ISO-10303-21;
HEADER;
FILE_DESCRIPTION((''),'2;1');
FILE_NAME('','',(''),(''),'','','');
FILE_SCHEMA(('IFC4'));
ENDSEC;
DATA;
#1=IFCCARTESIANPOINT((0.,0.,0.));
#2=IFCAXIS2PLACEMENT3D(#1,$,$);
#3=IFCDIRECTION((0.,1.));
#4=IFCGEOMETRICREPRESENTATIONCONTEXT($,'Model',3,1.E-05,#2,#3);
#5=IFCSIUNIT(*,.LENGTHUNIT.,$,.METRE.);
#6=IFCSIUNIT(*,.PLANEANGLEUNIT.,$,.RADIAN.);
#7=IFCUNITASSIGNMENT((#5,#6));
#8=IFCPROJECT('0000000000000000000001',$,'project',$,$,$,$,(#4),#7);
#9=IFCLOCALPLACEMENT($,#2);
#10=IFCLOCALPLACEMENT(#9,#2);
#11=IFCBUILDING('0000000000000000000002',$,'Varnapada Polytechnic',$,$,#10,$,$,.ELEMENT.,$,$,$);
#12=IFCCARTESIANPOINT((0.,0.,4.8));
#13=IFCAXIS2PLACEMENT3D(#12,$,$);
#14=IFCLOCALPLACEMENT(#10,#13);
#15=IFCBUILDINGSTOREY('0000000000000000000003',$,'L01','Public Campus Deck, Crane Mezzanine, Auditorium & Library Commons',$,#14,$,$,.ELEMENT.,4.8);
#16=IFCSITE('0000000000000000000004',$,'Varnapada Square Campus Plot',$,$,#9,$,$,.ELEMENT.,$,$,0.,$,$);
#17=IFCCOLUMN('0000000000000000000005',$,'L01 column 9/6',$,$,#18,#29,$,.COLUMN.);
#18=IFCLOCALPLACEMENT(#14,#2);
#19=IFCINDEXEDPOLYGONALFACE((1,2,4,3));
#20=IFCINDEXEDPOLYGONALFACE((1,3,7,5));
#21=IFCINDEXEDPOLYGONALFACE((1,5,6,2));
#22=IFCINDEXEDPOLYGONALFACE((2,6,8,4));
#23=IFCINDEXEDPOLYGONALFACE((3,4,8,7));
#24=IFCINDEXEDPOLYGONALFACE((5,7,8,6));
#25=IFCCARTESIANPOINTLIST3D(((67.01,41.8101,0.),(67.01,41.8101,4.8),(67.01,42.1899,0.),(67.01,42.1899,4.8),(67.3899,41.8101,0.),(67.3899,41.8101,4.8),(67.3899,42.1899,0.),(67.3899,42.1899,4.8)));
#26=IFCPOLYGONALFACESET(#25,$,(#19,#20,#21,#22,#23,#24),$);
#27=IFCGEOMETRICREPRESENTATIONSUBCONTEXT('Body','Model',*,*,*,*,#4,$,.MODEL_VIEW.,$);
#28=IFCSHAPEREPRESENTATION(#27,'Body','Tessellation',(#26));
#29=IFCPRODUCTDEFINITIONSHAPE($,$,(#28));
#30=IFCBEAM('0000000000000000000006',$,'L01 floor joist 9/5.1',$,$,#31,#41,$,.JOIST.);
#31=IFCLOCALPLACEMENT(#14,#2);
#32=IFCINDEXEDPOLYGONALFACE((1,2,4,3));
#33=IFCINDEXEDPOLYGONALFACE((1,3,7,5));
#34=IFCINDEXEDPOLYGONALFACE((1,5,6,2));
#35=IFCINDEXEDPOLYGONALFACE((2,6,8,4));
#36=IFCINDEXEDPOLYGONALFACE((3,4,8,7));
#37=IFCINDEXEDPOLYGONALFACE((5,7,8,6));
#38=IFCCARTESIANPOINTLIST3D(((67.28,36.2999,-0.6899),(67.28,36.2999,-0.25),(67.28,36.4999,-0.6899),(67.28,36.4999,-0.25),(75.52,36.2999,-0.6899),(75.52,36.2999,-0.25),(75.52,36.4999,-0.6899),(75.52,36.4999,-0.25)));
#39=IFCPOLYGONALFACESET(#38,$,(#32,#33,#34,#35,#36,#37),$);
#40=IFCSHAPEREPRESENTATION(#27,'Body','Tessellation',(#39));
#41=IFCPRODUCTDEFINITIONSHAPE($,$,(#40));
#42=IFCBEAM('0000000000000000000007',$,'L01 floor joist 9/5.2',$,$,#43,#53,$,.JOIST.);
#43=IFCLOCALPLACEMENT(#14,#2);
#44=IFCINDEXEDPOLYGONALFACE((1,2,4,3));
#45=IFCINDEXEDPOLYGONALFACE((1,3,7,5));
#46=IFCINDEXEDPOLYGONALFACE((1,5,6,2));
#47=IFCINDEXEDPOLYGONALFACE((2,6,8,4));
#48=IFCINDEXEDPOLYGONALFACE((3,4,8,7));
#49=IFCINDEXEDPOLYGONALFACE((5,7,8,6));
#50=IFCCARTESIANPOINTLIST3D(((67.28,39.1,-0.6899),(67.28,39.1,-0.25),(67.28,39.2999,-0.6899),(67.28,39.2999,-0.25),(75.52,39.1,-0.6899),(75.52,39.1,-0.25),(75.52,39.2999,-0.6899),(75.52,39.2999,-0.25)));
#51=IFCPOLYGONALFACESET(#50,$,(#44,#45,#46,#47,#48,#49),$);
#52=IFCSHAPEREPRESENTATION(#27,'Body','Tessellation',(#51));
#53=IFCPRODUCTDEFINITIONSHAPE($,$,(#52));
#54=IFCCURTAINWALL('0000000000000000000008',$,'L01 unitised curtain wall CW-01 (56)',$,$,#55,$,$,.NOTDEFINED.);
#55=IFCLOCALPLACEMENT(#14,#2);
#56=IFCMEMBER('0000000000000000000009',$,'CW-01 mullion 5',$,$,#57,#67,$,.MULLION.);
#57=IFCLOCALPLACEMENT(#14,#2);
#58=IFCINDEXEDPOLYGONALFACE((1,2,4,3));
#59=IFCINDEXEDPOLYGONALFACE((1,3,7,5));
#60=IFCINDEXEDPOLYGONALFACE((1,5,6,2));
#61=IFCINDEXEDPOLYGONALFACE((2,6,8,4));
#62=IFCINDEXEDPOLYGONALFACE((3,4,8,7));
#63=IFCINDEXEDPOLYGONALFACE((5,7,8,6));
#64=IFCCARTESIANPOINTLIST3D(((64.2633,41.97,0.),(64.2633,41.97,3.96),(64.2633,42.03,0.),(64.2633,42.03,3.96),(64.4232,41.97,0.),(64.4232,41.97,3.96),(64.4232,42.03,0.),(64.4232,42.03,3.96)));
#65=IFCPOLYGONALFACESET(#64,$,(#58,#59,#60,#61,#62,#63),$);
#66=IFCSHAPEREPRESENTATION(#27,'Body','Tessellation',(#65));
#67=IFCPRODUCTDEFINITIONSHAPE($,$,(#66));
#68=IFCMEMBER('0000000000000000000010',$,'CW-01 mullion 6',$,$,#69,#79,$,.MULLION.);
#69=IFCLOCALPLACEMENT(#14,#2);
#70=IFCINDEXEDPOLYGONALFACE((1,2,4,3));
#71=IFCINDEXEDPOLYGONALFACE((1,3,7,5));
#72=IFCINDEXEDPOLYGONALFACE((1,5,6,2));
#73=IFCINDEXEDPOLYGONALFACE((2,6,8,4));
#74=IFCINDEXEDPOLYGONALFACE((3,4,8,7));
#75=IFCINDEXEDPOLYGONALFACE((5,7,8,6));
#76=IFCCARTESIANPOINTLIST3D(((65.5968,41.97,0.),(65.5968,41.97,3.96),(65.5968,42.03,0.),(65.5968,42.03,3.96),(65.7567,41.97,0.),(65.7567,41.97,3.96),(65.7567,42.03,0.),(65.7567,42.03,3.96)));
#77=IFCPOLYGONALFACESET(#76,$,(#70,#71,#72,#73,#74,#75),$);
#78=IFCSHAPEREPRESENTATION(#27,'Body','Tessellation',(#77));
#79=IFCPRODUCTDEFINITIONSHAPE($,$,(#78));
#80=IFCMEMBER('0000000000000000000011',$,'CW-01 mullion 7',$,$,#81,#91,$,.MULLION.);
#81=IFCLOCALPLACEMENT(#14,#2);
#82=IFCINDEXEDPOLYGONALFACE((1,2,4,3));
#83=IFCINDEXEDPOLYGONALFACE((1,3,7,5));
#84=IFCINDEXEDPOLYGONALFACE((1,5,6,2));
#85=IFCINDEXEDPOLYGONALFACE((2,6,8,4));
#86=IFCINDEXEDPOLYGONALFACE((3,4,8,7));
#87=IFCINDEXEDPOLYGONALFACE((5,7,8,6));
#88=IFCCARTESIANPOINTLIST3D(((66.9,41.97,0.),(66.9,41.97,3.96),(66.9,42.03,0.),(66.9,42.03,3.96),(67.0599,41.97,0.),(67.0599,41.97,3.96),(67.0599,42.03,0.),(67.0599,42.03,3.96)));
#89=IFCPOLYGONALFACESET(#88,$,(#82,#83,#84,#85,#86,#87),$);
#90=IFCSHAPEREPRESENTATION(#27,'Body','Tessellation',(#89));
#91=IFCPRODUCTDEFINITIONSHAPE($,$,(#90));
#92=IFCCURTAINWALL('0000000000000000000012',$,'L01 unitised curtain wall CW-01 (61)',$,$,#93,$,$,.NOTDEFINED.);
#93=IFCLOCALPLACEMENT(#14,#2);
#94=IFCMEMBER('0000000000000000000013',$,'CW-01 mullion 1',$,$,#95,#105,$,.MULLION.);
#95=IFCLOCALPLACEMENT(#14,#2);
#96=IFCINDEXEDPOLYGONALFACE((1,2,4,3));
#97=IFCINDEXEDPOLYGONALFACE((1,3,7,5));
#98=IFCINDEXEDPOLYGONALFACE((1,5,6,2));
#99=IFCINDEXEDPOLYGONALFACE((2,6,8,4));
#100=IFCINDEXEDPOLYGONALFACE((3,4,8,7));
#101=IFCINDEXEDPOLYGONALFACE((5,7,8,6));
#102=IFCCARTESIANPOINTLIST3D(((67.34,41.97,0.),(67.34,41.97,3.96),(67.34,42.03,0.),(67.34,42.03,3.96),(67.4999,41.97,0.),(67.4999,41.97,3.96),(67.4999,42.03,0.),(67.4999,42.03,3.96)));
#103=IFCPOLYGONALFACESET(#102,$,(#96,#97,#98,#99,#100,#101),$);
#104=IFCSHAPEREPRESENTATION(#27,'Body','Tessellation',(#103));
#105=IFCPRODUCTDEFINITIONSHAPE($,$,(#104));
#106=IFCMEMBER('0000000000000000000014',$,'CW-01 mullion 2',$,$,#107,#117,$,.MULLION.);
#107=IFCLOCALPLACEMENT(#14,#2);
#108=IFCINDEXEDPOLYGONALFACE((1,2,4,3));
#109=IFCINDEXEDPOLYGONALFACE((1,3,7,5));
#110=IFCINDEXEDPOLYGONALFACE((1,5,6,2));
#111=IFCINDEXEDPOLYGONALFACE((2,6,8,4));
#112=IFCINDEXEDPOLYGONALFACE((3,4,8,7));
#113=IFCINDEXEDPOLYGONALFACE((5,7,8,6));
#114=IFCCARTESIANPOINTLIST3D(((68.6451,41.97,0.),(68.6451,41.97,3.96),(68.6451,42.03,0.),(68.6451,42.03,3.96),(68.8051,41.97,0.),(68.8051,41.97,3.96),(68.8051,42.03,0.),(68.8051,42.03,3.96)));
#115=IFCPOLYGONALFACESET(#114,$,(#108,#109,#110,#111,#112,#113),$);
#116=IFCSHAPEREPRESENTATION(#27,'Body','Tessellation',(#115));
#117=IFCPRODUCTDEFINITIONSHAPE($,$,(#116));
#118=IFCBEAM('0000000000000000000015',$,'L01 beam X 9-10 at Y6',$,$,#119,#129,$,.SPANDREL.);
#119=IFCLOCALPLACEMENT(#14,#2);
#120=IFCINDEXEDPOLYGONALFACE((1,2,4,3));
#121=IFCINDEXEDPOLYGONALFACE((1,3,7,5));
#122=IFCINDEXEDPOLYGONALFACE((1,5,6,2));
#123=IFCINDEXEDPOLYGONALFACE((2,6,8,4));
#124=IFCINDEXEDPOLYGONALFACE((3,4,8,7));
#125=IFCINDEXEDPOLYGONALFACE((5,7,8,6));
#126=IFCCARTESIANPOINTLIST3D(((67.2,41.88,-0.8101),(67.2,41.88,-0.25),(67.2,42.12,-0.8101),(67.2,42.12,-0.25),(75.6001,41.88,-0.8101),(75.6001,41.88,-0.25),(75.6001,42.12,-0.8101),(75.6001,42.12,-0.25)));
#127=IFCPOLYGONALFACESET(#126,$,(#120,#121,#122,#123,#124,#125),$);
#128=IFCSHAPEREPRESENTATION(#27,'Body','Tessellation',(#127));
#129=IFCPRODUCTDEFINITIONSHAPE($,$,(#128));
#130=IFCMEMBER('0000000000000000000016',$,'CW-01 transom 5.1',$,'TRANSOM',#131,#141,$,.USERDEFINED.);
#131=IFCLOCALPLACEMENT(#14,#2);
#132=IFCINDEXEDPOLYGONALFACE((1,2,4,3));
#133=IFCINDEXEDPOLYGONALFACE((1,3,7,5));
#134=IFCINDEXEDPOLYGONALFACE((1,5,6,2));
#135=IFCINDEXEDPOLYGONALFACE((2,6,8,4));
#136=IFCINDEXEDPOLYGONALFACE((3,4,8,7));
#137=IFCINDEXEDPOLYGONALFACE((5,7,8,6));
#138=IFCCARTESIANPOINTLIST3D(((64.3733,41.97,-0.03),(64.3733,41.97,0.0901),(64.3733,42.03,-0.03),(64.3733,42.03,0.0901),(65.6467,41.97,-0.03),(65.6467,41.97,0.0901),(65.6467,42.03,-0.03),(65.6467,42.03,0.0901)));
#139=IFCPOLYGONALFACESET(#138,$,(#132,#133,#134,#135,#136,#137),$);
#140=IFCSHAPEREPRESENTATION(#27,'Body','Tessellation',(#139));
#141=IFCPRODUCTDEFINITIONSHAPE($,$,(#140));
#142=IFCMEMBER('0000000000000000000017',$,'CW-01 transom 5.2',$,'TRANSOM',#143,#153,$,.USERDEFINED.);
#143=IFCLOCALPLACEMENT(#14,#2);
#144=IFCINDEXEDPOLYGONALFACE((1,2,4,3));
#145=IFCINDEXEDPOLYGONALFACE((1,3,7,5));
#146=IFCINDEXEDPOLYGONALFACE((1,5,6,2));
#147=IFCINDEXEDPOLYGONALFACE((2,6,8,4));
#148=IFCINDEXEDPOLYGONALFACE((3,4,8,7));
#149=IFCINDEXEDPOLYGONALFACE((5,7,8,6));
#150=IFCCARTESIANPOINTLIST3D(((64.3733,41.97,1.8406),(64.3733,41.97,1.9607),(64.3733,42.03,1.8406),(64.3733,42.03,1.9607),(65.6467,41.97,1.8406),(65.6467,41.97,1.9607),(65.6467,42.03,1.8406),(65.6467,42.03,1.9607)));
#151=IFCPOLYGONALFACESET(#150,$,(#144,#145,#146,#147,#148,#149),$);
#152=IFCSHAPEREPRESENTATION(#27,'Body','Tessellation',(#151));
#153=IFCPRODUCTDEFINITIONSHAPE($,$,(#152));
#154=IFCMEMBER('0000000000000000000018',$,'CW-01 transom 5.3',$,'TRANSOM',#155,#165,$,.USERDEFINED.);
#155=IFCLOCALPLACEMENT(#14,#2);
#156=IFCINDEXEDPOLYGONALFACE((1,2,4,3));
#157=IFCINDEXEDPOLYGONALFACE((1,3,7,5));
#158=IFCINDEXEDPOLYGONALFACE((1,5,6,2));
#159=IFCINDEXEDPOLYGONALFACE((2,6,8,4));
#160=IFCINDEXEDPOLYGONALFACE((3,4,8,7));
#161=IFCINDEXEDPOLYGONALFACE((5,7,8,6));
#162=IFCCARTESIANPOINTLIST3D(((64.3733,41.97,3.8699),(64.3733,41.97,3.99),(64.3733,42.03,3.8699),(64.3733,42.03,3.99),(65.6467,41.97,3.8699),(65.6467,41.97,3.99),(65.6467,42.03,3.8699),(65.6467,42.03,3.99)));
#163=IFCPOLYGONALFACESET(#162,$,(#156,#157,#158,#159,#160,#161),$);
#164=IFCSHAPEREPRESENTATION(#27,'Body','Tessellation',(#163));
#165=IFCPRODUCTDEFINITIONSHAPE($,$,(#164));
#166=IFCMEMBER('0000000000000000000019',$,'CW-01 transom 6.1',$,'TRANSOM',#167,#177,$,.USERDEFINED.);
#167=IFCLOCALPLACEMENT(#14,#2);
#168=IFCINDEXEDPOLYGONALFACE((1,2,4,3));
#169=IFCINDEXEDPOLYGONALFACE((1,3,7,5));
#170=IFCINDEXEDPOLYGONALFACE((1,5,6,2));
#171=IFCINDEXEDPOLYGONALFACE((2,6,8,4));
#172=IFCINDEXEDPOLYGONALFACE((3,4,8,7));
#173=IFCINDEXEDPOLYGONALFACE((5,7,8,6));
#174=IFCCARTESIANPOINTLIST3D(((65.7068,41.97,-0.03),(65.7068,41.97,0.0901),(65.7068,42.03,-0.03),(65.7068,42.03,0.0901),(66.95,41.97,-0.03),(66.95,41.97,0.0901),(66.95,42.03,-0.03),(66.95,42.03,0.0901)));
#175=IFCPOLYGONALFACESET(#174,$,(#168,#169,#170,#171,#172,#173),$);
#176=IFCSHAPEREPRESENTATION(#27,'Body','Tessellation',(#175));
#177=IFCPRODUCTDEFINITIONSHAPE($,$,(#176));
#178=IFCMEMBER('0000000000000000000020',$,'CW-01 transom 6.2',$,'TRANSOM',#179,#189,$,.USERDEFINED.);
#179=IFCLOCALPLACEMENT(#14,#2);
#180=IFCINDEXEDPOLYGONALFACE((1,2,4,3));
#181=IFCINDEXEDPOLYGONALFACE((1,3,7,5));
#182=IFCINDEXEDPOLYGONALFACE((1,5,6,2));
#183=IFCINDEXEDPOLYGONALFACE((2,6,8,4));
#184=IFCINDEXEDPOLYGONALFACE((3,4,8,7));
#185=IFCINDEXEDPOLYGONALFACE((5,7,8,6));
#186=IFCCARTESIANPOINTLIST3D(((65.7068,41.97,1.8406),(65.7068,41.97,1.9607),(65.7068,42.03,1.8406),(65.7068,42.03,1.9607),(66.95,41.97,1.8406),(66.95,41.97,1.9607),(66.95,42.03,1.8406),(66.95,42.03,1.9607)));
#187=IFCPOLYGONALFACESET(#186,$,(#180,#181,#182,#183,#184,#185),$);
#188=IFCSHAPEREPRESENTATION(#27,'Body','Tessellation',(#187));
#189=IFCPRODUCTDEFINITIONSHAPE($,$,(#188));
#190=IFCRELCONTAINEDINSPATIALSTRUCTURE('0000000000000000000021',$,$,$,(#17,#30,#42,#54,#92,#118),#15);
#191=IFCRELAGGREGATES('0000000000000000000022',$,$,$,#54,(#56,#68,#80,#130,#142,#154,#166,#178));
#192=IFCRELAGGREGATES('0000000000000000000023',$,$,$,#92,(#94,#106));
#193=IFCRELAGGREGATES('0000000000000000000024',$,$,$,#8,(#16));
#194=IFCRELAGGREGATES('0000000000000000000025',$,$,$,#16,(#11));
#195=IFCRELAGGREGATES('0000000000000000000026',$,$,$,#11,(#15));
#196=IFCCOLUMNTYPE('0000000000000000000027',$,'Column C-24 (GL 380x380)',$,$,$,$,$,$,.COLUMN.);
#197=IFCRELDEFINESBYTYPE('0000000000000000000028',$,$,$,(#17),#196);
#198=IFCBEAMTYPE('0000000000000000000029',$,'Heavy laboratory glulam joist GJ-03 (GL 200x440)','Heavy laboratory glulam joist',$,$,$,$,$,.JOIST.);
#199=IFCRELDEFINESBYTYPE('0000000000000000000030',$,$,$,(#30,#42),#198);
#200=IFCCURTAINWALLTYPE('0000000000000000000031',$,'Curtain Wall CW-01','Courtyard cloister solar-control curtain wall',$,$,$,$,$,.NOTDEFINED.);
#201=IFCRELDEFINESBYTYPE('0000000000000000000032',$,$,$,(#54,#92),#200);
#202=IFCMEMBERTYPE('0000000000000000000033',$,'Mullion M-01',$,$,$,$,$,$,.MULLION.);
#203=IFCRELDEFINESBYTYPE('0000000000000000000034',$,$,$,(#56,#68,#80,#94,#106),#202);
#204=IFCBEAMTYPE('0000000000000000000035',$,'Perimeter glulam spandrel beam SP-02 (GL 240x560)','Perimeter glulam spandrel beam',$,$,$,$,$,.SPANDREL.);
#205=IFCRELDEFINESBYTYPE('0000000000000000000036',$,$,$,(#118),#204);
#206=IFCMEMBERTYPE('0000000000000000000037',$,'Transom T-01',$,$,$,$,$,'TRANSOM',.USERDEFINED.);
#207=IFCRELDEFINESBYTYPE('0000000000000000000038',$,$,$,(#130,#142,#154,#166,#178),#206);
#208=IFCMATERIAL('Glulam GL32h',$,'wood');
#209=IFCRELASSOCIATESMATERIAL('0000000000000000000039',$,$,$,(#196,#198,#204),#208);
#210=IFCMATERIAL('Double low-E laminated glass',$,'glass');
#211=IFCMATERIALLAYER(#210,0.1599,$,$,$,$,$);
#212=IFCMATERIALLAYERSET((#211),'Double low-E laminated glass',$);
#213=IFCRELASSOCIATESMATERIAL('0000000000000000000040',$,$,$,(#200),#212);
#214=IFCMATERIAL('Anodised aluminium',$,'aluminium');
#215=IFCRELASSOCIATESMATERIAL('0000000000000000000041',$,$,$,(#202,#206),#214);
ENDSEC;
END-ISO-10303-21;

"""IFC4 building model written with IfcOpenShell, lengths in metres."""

from ifc_helpers import new_model, si_unit, direction, frame, origin, origin_2d, place, context, subcontext, project, spatial, rectangle, extrude, material, layer, layer_set, material_profile, profile_set, type_object, element, aggregate, save


model = new_model("IFC4")

# Units and contexts
model_context = context("Model", 3, precision=1e-05, world=origin(), true_north=direction((0.0, 1.0)))
body_context = subcontext(model_context, "Body", "Model", "MODEL_VIEW")
ifc_project = project(units=[si_unit("LENGTHUNIT", "METRE"), si_unit("PLANEANGLEUNIT", "RADIAN")], contexts=[model_context])

# Site, building, storey
site_placement = place(None, origin())
site = spatial("IfcSite", under=ifc_project, at=site_placement, Name="Varnapada Square Campus Plot", CompositionType="ELEMENT", RefElevation=0.0)
building_placement = place(site_placement, origin())
building = spatial("IfcBuilding", under=site, at=building_placement, Name="Varnapada Polytechnic", CompositionType="ELEMENT")
storey_placement = place(building_placement, frame((0.0, 0.0, 4.8)))
storey = spatial("IfcBuildingStorey", under=building, at=storey_placement, Name="L01", Description="Public Campus Deck, Crane Mezzanine, Auditorium & Library Commons", CompositionType="ELEMENT", Elevation=4.8)

# Column
ifc_material_1 = material(Name="Glulam GL32h", Category="wood")
ifc_material_profile_1 = material_profile(ifc_material_1, rectangle(XDim=0.3799, YDim=0.3799, at=origin_2d()), Name="GL 380x380")
ifc_profile_set_1 = profile_set([ifc_material_profile_1], Name="Glulam GL32h")
column_type = type_object("IfcColumnType", Name="Column C-24 (GL 380x380)", PredefinedType="COLUMN", material=ifc_profile_set_1)
column_placement = place(storey_placement, frame((67.2, 42.0, 0.0), z_axis=(0.0, 0.0, 1.0), x_axis=(1.0, 0.0, 0.0)))
element("IfcColumn", 1, at=column_placement, inside=storey, type_object=column_type, Name="L01 column 9/6", PredefinedType="COLUMN", context=body_context, shape_type="SweptSolid", body=[
    extrude(rectangle(XDim=0.3799, YDim=0.3799, at=origin_2d()), origin(), (0.0, 0.0, 1.0), 4.8),
])

# Beams
ifc_material_profile_2 = material_profile(ifc_material_1, rectangle(XDim=0.2, YDim=0.4399, at=origin_2d()), Name="GL 200x440")
ifc_profile_set_2 = profile_set([ifc_material_profile_2], Name="Glulam GL32h")
beam_type_1 = type_object("IfcBeamType", Name="Heavy laboratory glulam joist GJ-03 (GL 200x440)", Description="Heavy laboratory glulam joist", PredefinedType="JOIST", material=ifc_profile_set_2)
for number, where, z_axis, x_axis, name in (
    (2, (67.28, 36.3999, -0.47), (1.0, 0.0, 0.0), (0.0, 1.0, 0.0), "L01 floor joist 9/5.1"),
    (3, (67.28, 39.2, -0.47), (1.0, 0.0, 0.0), (0.0, 1.0, 0.0), "L01 floor joist 9/5.2"),
):
    element("IfcBeam", number, at=place(storey_placement, frame(where, z_axis=z_axis, x_axis=x_axis)), inside=storey, type_object=beam_type_1, Name=name, PredefinedType="JOIST", context=body_context, shape_type="SweptSolid", body=[
        extrude(rectangle(XDim=0.2, YDim=0.4399, at=origin_2d()), origin(), (0.0, 0.0, 1.0), 8.24),
    ])

# Curtain walls, members
ifc_material_2 = material(Name="Double low-E laminated glass", Category="glass")
ifc_layer_1 = layer(ifc_material_2, 0.1599)
ifc_layer_set_1 = layer_set([ifc_layer_1], Name="Double low-E laminated glass")
curtain_wall_type = type_object("IfcCurtainWallType", Name="Curtain Wall CW-01", Description="Courtyard cloister solar-control curtain wall", PredefinedType="NOTDEFINED", material=ifc_layer_set_1)
curtain_wall_1_placement = place(storey_placement, origin())
curtain_wall_1 = element("IfcCurtainWall", 4, at=curtain_wall_1_placement, inside=storey, type_object=curtain_wall_type, Name="L01 unitised curtain wall CW-01 (56)", PredefinedType="NOTDEFINED")
ifc_material_3 = material(Name="Anodised aluminium", Category="aluminium")
ifc_material_profile_3 = material_profile(ifc_material_3, rectangle(XDim=0.0601, YDim=0.1599, at=origin_2d()), Name="ALU M60x160")
ifc_profile_set_3 = profile_set([ifc_material_profile_3], Name="Anodised aluminium")
member_type_1 = type_object("IfcMemberType", Name="Mullion M-01", PredefinedType="MULLION", material=ifc_profile_set_3)
member_1_placement = place(storey_placement, frame((64.3433, 42.0, 0.0), z_axis=(0.0, 0.0, 1.0), x_axis=(0.0, 1.0, 0.0)))
member_1 = element("IfcMember", 5, at=member_1_placement, type_object=member_type_1, Name="CW-01 mullion 5", PredefinedType="MULLION", context=body_context, shape_type="SweptSolid", body=[
    extrude(rectangle(XDim=0.0601, YDim=0.1599, at=origin_2d()), origin(), (0.0, 0.0, 1.0), 3.96),
])
member_2_placement = place(storey_placement, frame((65.6768, 42.0, 0.0), z_axis=(0.0, 0.0, 1.0), x_axis=(0.0, 1.0, 0.0)))
member_2 = element("IfcMember", 6, at=member_2_placement, type_object=member_type_1, Name="CW-01 mullion 6", PredefinedType="MULLION", context=body_context, shape_type="SweptSolid", body=[
    extrude(rectangle(XDim=0.0601, YDim=0.1599, at=origin_2d()), origin(), (0.0, 0.0, 1.0), 3.96),
])
member_3_placement = place(storey_placement, frame((66.98, 42.0, 0.0), z_axis=(0.0, 0.0, 1.0), x_axis=(0.0, 1.0, 0.0)))
member_3 = element("IfcMember", 7, at=member_3_placement, type_object=member_type_1, Name="CW-01 mullion 7", PredefinedType="MULLION", context=body_context, shape_type="SweptSolid", body=[
    extrude(rectangle(XDim=0.0601, YDim=0.1599, at=origin_2d()), origin(), (0.0, 0.0, 1.0), 3.96),
])
curtain_wall_2_placement = place(storey_placement, origin())
curtain_wall_2 = element("IfcCurtainWall", 8, at=curtain_wall_2_placement, inside=storey, type_object=curtain_wall_type, Name="L01 unitised curtain wall CW-01 (61)", PredefinedType="NOTDEFINED")
member_4_placement = place(storey_placement, frame((67.4199, 42.0, 0.0), z_axis=(0.0, 0.0, 1.0), x_axis=(0.0, 1.0, 0.0)))
member_4 = element("IfcMember", 9, at=member_4_placement, type_object=member_type_1, Name="CW-01 mullion 1", PredefinedType="MULLION", context=body_context, shape_type="SweptSolid", body=[
    extrude(rectangle(XDim=0.0601, YDim=0.1599, at=origin_2d()), origin(), (0.0, 0.0, 1.0), 3.96),
])
member_5_placement = place(storey_placement, frame((68.7251, 42.0, 0.0), z_axis=(0.0, 0.0, 1.0), x_axis=(0.0, 1.0, 0.0)))
member_5 = element("IfcMember", 10, at=member_5_placement, type_object=member_type_1, Name="CW-01 mullion 2", PredefinedType="MULLION", context=body_context, shape_type="SweptSolid", body=[
    extrude(rectangle(XDim=0.0601, YDim=0.1599, at=origin_2d()), origin(), (0.0, 0.0, 1.0), 3.96),
])

# Beam
ifc_material_profile_4 = material_profile(ifc_material_1, rectangle(XDim=0.24, YDim=0.5601, at=origin_2d()), Name="GL 240x560")
ifc_profile_set_4 = profile_set([ifc_material_profile_4], Name="Glulam GL32h")
beam_type_2 = type_object("IfcBeamType", Name="Perimeter glulam spandrel beam SP-02 (GL 240x560)", Description="Perimeter glulam spandrel beam", PredefinedType="SPANDREL", material=ifc_profile_set_4)
beam_placement = place(storey_placement, frame((67.2, 42.0, -0.53), z_axis=(1.0, 0.0, 0.0), x_axis=(0.0, 1.0, 0.0)))
element("IfcBeam", 11, at=beam_placement, inside=storey, type_object=beam_type_2, Name="L01 beam X 9-10 at Y6", PredefinedType="SPANDREL", context=body_context, shape_type="SweptSolid", body=[
    extrude(rectangle(XDim=0.24, YDim=0.5601, at=origin_2d()), origin(), (0.0, 0.0, 1.0), 8.4001),
])

# Members
ifc_material_profile_5 = material_profile(ifc_material_3, rectangle(XDim=0.0601, YDim=0.1201, at=origin_2d()), Name="ALU T60x120")
ifc_profile_set_5 = profile_set([ifc_material_profile_5], Name="Anodised aluminium")
member_type_2 = type_object("IfcMemberType", Name="Transom T-01", ElementType="TRANSOM", PredefinedType="USERDEFINED", material=ifc_profile_set_5)
member_6_placement = place(storey_placement, frame((64.3733, 42.0, 0.03), z_axis=(1.0, 0.0, 0.0), x_axis=(0.0, 1.0, 0.0)))
member_6 = element("IfcMember", 12, at=member_6_placement, type_object=member_type_2, Name="CW-01 transom 5.1", ObjectType="TRANSOM", PredefinedType="USERDEFINED", context=body_context, shape_type="SweptSolid", body=[
    extrude(rectangle(XDim=0.0601, YDim=0.1201, at=origin_2d()), origin(), (0.0, 0.0, 1.0), 1.2734),
])
member_7_placement = place(storey_placement, frame((64.3733, 42.0, 1.9006), z_axis=(1.0, 0.0, 0.0), x_axis=(0.0, 1.0, 0.0)))
member_7 = element("IfcMember", 13, at=member_7_placement, type_object=member_type_2, Name="CW-01 transom 5.2", ObjectType="TRANSOM", PredefinedType="USERDEFINED", context=body_context, shape_type="SweptSolid", body=[
    extrude(rectangle(XDim=0.0601, YDim=0.1201, at=origin_2d()), origin(), (0.0, 0.0, 1.0), 1.2734),
])
member_8_placement = place(storey_placement, frame((64.3733, 42.0, 3.9299), z_axis=(1.0, 0.0, 0.0), x_axis=(0.0, 1.0, 0.0)))
member_8 = element("IfcMember", 14, at=member_8_placement, type_object=member_type_2, Name="CW-01 transom 5.3", ObjectType="TRANSOM", PredefinedType="USERDEFINED", context=body_context, shape_type="SweptSolid", body=[
    extrude(rectangle(XDim=0.0601, YDim=0.1201, at=origin_2d()), origin(), (0.0, 0.0, 1.0), 1.2734),
])
member_9_placement = place(storey_placement, frame((65.7068, 42.0, 0.03), z_axis=(1.0, 0.0, 0.0), x_axis=(0.0, 1.0, 0.0)))
member_9 = element("IfcMember", 15, at=member_9_placement, type_object=member_type_2, Name="CW-01 transom 6.1", ObjectType="TRANSOM", PredefinedType="USERDEFINED", context=body_context, shape_type="SweptSolid", body=[
    extrude(rectangle(XDim=0.0601, YDim=0.1201, at=origin_2d()), origin(), (0.0, 0.0, 1.0), 1.2432),
])
member_10_placement = place(storey_placement, frame((65.7068, 42.0, 1.9006), z_axis=(1.0, 0.0, 0.0), x_axis=(0.0, 1.0, 0.0)))
member_10 = element("IfcMember", 16, at=member_10_placement, type_object=member_type_2, Name="CW-01 transom 6.2", ObjectType="TRANSOM", PredefinedType="USERDEFINED", context=body_context, shape_type="SweptSolid", body=[
    extrude(rectangle(XDim=0.0601, YDim=0.1201, at=origin_2d()), origin(), (0.0, 0.0, 1.0), 1.2432),
])

aggregate(curtain_wall_1, [member_1, member_2, member_3, member_6, member_7, member_8, member_9, member_10])
aggregate(curtain_wall_2, [member_4, member_5])

save(model, "model.ifc")
